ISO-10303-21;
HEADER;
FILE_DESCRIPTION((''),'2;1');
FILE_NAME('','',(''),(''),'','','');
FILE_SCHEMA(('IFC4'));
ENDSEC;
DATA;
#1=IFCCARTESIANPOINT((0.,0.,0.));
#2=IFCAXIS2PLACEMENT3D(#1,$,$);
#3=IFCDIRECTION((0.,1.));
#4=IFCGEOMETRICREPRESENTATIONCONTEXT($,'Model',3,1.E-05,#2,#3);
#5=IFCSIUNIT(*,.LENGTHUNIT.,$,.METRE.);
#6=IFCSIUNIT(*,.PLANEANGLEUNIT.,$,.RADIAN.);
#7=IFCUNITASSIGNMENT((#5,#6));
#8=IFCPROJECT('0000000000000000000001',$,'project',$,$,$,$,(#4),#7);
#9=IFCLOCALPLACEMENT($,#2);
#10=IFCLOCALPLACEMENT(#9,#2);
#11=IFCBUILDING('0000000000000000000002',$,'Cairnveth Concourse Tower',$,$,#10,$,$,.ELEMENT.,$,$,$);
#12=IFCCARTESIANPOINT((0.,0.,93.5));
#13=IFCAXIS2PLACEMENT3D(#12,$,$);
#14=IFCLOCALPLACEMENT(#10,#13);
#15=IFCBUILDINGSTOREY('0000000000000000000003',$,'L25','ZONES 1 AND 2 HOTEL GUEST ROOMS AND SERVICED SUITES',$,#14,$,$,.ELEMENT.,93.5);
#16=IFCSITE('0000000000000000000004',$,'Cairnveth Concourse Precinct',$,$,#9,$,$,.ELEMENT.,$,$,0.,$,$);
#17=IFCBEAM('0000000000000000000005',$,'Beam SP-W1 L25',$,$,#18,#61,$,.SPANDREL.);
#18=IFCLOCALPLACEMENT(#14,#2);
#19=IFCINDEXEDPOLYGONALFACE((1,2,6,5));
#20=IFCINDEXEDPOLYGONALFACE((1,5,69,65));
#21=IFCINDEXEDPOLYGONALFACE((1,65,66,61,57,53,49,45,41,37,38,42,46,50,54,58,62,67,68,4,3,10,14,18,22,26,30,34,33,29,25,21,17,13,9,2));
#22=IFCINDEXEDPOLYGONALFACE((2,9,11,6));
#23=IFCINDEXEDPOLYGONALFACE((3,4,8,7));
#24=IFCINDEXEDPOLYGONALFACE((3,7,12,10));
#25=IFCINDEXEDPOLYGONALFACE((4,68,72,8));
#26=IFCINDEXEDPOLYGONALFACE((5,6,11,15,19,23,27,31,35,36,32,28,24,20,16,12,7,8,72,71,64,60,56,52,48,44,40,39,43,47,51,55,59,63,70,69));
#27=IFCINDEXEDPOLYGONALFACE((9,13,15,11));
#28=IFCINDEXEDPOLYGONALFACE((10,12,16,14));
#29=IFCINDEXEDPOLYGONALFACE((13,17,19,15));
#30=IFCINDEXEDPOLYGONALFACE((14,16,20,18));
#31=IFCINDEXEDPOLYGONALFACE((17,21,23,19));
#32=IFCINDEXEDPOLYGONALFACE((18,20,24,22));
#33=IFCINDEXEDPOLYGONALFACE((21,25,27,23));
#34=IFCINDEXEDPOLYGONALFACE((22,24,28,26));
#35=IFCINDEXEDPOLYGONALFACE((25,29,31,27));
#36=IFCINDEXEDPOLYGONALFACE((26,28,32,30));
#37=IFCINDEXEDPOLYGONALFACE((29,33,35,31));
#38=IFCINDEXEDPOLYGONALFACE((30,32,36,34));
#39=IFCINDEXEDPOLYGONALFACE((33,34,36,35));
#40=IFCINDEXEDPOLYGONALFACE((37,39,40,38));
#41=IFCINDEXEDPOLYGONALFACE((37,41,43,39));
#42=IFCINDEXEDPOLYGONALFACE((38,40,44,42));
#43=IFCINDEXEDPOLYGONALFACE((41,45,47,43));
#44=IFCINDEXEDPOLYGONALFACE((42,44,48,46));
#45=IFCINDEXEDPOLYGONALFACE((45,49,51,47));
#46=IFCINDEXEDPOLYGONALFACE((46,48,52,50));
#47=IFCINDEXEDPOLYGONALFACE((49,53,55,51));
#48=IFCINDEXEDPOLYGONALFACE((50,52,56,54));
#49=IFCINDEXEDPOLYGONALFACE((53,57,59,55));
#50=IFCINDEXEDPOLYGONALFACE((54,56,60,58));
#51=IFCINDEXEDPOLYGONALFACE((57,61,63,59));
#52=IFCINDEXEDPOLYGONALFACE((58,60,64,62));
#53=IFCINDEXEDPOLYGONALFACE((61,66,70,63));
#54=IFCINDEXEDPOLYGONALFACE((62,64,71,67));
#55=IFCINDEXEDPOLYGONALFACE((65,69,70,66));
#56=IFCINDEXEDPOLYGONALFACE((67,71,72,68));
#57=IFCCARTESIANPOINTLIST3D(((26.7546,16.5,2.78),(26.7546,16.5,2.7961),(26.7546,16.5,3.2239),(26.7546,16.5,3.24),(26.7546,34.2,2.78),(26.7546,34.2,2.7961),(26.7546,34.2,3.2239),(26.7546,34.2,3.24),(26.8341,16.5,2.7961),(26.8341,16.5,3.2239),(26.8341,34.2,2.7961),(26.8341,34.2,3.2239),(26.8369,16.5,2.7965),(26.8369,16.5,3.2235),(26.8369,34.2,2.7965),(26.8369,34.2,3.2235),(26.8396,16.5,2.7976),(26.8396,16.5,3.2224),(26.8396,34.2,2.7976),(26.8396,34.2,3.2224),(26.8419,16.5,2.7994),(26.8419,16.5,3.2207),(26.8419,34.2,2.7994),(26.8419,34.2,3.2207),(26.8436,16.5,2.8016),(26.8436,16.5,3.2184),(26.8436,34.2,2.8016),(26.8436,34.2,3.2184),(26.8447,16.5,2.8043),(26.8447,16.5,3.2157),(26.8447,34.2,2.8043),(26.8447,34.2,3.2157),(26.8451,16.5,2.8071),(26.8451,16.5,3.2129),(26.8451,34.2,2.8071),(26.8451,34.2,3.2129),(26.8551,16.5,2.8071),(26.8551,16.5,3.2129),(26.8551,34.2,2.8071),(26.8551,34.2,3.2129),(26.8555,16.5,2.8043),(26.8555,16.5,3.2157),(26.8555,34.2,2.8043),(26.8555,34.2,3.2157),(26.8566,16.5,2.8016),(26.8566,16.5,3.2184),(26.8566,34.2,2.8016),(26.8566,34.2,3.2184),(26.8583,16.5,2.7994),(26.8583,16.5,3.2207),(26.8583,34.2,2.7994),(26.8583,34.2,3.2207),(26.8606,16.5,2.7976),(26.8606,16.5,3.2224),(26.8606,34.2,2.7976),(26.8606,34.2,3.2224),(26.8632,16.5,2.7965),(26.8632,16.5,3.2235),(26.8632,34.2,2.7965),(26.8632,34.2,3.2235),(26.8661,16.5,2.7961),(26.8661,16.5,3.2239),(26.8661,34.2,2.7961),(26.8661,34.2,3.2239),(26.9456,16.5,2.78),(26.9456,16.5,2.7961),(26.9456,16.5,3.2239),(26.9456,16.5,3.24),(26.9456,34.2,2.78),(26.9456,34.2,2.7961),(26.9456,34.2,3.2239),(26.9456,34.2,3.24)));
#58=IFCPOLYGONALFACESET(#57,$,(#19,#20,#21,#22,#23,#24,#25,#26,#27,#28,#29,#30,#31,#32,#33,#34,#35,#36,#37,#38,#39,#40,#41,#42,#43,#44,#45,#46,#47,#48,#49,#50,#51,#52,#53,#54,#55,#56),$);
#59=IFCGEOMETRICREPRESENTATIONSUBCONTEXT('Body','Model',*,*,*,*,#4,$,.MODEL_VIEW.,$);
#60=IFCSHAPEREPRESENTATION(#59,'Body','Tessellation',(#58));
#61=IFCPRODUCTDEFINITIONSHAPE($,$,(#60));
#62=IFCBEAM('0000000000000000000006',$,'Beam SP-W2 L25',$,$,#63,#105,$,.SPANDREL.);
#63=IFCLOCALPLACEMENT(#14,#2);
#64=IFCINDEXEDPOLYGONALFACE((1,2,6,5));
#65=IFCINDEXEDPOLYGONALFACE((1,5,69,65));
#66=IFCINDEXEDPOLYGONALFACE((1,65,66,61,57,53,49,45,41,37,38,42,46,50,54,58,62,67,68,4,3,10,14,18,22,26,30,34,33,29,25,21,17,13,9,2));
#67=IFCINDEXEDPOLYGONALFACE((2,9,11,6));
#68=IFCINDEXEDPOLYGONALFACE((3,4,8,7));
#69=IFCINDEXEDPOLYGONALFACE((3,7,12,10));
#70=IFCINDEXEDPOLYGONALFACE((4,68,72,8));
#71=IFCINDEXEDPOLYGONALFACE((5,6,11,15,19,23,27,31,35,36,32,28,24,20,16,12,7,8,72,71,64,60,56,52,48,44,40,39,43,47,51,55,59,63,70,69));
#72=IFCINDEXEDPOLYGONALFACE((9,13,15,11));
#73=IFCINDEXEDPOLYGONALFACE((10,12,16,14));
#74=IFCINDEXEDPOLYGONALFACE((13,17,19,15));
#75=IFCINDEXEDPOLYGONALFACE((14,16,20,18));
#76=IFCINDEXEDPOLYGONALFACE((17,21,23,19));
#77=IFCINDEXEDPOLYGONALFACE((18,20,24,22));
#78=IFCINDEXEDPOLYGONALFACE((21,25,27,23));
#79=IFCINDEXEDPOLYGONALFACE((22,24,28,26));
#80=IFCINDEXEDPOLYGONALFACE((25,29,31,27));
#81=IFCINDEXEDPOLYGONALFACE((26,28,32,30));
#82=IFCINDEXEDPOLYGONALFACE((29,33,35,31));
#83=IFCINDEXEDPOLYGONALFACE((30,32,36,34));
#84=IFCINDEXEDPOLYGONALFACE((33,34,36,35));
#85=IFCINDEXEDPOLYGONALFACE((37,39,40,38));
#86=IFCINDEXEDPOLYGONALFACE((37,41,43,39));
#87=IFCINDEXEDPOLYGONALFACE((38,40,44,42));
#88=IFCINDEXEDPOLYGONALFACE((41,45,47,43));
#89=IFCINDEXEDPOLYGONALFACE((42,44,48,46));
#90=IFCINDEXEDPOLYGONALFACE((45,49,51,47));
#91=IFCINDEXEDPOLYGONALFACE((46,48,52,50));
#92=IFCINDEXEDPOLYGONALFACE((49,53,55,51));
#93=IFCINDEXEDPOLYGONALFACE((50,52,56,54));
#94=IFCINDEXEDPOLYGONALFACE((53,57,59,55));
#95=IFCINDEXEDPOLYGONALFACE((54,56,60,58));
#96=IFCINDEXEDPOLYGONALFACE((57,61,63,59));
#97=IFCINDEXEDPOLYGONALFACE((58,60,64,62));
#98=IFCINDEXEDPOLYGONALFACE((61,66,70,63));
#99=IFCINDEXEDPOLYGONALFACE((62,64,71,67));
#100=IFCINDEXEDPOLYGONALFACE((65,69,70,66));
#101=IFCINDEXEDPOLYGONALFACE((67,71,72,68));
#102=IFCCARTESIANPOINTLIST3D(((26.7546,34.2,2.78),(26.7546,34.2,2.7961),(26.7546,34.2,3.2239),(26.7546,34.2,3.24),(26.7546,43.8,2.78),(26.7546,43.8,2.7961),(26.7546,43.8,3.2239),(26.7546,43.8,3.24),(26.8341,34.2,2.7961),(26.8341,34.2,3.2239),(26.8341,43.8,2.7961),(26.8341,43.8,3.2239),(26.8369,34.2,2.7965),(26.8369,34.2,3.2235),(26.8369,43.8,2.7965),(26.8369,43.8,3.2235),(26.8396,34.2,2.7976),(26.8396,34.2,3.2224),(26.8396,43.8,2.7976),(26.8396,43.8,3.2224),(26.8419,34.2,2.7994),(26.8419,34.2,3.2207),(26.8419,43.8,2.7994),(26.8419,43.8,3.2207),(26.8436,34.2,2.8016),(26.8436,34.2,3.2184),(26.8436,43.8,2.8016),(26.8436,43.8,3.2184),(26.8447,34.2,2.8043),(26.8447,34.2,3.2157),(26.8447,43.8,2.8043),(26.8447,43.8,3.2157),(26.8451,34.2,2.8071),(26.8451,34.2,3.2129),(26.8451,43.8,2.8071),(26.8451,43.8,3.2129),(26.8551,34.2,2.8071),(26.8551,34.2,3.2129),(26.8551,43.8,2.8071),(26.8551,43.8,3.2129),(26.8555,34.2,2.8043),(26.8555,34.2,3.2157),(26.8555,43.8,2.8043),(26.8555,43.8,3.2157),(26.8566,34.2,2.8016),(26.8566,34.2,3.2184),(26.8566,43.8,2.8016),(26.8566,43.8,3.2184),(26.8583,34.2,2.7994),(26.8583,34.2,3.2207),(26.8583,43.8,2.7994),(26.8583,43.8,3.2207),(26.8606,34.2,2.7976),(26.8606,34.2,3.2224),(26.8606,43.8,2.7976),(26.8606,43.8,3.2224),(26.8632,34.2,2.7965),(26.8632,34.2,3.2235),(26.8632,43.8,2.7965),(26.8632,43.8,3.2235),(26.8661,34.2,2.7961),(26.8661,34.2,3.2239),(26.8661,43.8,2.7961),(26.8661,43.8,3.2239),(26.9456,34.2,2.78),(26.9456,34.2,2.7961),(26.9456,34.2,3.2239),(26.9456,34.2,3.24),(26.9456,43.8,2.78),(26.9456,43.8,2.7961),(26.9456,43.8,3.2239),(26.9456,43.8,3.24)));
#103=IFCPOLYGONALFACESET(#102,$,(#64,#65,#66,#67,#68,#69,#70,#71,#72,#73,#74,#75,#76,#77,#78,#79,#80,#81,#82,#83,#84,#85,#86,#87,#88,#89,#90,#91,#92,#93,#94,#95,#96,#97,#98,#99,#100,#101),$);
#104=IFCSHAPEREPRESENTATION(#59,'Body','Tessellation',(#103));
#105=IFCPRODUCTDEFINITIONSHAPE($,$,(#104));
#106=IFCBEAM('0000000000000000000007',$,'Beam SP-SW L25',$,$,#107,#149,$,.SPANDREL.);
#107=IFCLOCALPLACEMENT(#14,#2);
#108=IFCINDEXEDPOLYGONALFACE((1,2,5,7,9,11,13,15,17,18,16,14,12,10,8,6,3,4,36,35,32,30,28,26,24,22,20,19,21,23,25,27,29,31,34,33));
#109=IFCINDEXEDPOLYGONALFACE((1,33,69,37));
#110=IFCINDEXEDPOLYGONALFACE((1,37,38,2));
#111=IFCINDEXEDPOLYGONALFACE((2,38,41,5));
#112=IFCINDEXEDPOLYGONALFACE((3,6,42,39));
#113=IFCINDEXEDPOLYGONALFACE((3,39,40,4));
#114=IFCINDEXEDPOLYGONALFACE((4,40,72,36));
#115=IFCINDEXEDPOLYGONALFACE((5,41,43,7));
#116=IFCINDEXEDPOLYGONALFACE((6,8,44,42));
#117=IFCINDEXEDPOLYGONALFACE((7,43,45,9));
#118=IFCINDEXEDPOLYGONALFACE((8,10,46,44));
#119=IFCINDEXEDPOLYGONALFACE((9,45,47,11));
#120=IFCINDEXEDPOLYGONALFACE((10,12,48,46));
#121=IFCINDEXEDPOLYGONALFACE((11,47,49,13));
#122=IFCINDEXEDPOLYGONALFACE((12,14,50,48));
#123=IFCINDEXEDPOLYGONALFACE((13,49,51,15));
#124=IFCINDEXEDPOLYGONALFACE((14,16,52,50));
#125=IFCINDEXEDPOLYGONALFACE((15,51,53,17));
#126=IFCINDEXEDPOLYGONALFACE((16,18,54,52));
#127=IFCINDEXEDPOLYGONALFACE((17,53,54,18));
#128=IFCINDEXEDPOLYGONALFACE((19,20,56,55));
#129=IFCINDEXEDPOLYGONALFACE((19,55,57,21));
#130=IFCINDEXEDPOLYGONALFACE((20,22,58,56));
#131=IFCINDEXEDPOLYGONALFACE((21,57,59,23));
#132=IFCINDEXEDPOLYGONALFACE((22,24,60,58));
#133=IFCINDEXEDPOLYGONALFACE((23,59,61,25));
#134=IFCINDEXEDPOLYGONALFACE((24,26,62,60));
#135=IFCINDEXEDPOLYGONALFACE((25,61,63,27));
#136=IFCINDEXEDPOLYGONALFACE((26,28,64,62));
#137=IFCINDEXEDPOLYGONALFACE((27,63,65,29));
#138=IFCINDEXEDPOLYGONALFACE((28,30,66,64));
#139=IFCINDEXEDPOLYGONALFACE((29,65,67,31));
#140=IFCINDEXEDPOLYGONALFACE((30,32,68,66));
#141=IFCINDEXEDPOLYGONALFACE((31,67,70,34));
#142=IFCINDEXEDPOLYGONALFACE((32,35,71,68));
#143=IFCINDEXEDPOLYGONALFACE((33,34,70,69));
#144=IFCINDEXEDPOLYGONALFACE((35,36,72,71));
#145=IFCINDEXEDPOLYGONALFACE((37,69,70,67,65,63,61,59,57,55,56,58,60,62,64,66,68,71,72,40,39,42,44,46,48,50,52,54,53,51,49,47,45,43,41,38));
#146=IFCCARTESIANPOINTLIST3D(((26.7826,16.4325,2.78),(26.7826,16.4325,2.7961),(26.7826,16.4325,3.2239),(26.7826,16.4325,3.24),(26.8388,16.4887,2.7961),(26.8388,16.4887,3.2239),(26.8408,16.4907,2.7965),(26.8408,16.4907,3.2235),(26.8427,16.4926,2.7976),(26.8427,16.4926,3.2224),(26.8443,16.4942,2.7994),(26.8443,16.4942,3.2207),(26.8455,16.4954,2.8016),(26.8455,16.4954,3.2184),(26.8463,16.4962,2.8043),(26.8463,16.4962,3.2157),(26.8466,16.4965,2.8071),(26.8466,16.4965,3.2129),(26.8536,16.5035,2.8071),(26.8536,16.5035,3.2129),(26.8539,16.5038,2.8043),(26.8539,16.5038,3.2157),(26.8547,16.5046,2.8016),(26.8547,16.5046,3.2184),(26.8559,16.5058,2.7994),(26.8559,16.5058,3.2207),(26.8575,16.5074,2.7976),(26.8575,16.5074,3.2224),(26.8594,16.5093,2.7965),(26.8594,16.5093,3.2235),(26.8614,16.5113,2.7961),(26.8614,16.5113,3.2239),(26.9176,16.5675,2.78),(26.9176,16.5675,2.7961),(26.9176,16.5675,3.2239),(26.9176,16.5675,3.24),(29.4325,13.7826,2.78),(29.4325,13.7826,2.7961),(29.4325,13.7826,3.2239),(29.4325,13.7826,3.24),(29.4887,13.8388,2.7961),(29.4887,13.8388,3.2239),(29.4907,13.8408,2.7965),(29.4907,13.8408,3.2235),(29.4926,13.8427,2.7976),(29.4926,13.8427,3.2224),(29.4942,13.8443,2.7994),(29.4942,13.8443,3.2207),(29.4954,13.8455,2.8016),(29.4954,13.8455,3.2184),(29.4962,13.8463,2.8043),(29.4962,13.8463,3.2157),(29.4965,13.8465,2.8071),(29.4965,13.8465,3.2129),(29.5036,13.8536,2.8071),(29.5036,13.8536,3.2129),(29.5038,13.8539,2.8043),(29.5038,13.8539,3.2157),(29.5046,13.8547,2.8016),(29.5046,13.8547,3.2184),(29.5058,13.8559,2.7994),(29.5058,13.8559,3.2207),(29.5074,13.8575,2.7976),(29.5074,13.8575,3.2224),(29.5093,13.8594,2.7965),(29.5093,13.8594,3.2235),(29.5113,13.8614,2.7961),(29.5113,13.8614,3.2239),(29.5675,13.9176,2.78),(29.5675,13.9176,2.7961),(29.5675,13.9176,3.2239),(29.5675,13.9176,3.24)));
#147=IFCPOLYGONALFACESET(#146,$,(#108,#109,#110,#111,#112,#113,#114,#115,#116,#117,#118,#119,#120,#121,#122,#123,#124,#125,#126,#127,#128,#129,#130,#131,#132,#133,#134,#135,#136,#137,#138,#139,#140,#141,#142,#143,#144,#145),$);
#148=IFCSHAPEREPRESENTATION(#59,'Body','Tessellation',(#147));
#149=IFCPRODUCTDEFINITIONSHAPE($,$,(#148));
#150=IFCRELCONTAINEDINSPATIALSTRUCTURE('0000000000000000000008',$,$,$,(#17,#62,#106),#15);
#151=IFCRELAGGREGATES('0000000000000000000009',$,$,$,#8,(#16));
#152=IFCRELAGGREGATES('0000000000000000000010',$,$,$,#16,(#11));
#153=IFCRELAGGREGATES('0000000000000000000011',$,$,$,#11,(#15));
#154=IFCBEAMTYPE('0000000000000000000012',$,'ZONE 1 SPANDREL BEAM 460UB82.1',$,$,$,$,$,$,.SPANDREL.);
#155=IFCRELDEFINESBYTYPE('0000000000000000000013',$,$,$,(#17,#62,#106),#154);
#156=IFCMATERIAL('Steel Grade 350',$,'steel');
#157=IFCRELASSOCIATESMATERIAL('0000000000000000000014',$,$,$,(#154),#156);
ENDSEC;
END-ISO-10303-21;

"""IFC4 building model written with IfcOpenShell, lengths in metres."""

from ifc_helpers import new_model, si_unit, direction, frame, origin, origin_2d, place, context, subcontext, project, spatial, i_section, extrude, material, material_profile, profile_set, type_object, element, save


model = new_model("IFC4")

# Units and contexts
model_context = context("Model", 3, precision=1e-05, world=origin(), true_north=direction((0.0, 1.0)))
body_context = subcontext(model_context, "Body", "Model", "MODEL_VIEW")
ifc_project = project(units=[si_unit("LENGTHUNIT", "METRE"), si_unit("PLANEANGLEUNIT", "RADIAN")], contexts=[model_context])

# Site, building, storey
site_placement = place(None, origin())
site = spatial("IfcSite", under=ifc_project, at=site_placement, Name="Cairnveth Concourse Precinct", CompositionType="ELEMENT", RefElevation=0.0)
building_placement = place(site_placement, origin())
building = spatial("IfcBuilding", under=site, at=building_placement, Name="Cairnveth Concourse Tower", CompositionType="ELEMENT")
storey_placement = place(building_placement, frame((0.0, 0.0, 93.5)))
storey = spatial("IfcBuildingStorey", under=building, at=storey_placement, Name="L25", Description="ZONES 1 AND 2 HOTEL GUEST ROOMS AND SERVICED SUITES", CompositionType="ELEMENT", Elevation=93.5)

# Shared definitions
ifc_material_1 = material(Name="Steel Grade 350", Category="steel")

# Beams
ifc_material_profile_1 = material_profile(ifc_material_1, i_section(OverallWidth=0.1909, OverallDepth=0.46, WebThickness=0.01, FlangeThickness=0.0161, FilletRadius=0.011, at=origin_2d()), Name="460UB82.1")
ifc_profile_set_1 = profile_set([ifc_material_profile_1], Name="Steel Grade 350")
beam_type_1 = type_object("IfcBeamType", Name="ZONE 1 SPANDREL BEAM 460UB82.1", PredefinedType="SPANDREL", material=ifc_profile_set_1)
beam_1_placement = place(storey_placement, frame((26.8501, 16.5, 3.01), z_axis=(0.0, 1.0, 0.0), x_axis=(-1.0, 0.0, 0.0)))
element("IfcBeam", 1, at=beam_1_placement, inside=storey, type_object=beam_type_1, Name="Beam SP-W1 L25", PredefinedType="SPANDREL", context=body_context, shape_type="SweptSolid", body=[
    extrude(i_section(OverallWidth=0.1909, OverallDepth=0.46, WebThickness=0.01, FlangeThickness=0.0161, FilletRadius=0.011, at=origin_2d()), origin(), (0.0, 0.0, 1.0), 17.7),
])
beam_2_placement = place(storey_placement, frame((26.8501, 34.2, 3.01), z_axis=(0.0, 1.0, 0.0), x_axis=(-1.0, 0.0, 0.0)))
element("IfcBeam", 2, at=beam_2_placement, inside=storey, type_object=beam_type_1, Name="Beam SP-W2 L25", PredefinedType="SPANDREL", context=body_context, shape_type="SweptSolid", body=[
    extrude(i_section(OverallWidth=0.1909, OverallDepth=0.46, WebThickness=0.01, FlangeThickness=0.0161, FilletRadius=0.011, at=origin_2d()), origin(), (0.0, 0.0, 1.0), 9.6001),
])
beam_3_placement = place(storey_placement, frame((26.8501, 16.5, 3.01), z_axis=(0.707107, -0.707107, 0.0), x_axis=(0.707107, 0.707107, 0.0)))
element("IfcBeam", 3, at=beam_3_placement, inside=storey, type_object=beam_type_1, Name="Beam SP-SW L25", PredefinedType="SPANDREL", context=body_context, shape_type="SweptSolid", body=[
    extrude(i_section(OverallWidth=0.1909, OverallDepth=0.46, WebThickness=0.01, FlangeThickness=0.0161, FilletRadius=0.011, at=origin_2d()), origin(), (0.0, 0.0, 1.0), 3.7476),
])

save(model, "model.ifc")
